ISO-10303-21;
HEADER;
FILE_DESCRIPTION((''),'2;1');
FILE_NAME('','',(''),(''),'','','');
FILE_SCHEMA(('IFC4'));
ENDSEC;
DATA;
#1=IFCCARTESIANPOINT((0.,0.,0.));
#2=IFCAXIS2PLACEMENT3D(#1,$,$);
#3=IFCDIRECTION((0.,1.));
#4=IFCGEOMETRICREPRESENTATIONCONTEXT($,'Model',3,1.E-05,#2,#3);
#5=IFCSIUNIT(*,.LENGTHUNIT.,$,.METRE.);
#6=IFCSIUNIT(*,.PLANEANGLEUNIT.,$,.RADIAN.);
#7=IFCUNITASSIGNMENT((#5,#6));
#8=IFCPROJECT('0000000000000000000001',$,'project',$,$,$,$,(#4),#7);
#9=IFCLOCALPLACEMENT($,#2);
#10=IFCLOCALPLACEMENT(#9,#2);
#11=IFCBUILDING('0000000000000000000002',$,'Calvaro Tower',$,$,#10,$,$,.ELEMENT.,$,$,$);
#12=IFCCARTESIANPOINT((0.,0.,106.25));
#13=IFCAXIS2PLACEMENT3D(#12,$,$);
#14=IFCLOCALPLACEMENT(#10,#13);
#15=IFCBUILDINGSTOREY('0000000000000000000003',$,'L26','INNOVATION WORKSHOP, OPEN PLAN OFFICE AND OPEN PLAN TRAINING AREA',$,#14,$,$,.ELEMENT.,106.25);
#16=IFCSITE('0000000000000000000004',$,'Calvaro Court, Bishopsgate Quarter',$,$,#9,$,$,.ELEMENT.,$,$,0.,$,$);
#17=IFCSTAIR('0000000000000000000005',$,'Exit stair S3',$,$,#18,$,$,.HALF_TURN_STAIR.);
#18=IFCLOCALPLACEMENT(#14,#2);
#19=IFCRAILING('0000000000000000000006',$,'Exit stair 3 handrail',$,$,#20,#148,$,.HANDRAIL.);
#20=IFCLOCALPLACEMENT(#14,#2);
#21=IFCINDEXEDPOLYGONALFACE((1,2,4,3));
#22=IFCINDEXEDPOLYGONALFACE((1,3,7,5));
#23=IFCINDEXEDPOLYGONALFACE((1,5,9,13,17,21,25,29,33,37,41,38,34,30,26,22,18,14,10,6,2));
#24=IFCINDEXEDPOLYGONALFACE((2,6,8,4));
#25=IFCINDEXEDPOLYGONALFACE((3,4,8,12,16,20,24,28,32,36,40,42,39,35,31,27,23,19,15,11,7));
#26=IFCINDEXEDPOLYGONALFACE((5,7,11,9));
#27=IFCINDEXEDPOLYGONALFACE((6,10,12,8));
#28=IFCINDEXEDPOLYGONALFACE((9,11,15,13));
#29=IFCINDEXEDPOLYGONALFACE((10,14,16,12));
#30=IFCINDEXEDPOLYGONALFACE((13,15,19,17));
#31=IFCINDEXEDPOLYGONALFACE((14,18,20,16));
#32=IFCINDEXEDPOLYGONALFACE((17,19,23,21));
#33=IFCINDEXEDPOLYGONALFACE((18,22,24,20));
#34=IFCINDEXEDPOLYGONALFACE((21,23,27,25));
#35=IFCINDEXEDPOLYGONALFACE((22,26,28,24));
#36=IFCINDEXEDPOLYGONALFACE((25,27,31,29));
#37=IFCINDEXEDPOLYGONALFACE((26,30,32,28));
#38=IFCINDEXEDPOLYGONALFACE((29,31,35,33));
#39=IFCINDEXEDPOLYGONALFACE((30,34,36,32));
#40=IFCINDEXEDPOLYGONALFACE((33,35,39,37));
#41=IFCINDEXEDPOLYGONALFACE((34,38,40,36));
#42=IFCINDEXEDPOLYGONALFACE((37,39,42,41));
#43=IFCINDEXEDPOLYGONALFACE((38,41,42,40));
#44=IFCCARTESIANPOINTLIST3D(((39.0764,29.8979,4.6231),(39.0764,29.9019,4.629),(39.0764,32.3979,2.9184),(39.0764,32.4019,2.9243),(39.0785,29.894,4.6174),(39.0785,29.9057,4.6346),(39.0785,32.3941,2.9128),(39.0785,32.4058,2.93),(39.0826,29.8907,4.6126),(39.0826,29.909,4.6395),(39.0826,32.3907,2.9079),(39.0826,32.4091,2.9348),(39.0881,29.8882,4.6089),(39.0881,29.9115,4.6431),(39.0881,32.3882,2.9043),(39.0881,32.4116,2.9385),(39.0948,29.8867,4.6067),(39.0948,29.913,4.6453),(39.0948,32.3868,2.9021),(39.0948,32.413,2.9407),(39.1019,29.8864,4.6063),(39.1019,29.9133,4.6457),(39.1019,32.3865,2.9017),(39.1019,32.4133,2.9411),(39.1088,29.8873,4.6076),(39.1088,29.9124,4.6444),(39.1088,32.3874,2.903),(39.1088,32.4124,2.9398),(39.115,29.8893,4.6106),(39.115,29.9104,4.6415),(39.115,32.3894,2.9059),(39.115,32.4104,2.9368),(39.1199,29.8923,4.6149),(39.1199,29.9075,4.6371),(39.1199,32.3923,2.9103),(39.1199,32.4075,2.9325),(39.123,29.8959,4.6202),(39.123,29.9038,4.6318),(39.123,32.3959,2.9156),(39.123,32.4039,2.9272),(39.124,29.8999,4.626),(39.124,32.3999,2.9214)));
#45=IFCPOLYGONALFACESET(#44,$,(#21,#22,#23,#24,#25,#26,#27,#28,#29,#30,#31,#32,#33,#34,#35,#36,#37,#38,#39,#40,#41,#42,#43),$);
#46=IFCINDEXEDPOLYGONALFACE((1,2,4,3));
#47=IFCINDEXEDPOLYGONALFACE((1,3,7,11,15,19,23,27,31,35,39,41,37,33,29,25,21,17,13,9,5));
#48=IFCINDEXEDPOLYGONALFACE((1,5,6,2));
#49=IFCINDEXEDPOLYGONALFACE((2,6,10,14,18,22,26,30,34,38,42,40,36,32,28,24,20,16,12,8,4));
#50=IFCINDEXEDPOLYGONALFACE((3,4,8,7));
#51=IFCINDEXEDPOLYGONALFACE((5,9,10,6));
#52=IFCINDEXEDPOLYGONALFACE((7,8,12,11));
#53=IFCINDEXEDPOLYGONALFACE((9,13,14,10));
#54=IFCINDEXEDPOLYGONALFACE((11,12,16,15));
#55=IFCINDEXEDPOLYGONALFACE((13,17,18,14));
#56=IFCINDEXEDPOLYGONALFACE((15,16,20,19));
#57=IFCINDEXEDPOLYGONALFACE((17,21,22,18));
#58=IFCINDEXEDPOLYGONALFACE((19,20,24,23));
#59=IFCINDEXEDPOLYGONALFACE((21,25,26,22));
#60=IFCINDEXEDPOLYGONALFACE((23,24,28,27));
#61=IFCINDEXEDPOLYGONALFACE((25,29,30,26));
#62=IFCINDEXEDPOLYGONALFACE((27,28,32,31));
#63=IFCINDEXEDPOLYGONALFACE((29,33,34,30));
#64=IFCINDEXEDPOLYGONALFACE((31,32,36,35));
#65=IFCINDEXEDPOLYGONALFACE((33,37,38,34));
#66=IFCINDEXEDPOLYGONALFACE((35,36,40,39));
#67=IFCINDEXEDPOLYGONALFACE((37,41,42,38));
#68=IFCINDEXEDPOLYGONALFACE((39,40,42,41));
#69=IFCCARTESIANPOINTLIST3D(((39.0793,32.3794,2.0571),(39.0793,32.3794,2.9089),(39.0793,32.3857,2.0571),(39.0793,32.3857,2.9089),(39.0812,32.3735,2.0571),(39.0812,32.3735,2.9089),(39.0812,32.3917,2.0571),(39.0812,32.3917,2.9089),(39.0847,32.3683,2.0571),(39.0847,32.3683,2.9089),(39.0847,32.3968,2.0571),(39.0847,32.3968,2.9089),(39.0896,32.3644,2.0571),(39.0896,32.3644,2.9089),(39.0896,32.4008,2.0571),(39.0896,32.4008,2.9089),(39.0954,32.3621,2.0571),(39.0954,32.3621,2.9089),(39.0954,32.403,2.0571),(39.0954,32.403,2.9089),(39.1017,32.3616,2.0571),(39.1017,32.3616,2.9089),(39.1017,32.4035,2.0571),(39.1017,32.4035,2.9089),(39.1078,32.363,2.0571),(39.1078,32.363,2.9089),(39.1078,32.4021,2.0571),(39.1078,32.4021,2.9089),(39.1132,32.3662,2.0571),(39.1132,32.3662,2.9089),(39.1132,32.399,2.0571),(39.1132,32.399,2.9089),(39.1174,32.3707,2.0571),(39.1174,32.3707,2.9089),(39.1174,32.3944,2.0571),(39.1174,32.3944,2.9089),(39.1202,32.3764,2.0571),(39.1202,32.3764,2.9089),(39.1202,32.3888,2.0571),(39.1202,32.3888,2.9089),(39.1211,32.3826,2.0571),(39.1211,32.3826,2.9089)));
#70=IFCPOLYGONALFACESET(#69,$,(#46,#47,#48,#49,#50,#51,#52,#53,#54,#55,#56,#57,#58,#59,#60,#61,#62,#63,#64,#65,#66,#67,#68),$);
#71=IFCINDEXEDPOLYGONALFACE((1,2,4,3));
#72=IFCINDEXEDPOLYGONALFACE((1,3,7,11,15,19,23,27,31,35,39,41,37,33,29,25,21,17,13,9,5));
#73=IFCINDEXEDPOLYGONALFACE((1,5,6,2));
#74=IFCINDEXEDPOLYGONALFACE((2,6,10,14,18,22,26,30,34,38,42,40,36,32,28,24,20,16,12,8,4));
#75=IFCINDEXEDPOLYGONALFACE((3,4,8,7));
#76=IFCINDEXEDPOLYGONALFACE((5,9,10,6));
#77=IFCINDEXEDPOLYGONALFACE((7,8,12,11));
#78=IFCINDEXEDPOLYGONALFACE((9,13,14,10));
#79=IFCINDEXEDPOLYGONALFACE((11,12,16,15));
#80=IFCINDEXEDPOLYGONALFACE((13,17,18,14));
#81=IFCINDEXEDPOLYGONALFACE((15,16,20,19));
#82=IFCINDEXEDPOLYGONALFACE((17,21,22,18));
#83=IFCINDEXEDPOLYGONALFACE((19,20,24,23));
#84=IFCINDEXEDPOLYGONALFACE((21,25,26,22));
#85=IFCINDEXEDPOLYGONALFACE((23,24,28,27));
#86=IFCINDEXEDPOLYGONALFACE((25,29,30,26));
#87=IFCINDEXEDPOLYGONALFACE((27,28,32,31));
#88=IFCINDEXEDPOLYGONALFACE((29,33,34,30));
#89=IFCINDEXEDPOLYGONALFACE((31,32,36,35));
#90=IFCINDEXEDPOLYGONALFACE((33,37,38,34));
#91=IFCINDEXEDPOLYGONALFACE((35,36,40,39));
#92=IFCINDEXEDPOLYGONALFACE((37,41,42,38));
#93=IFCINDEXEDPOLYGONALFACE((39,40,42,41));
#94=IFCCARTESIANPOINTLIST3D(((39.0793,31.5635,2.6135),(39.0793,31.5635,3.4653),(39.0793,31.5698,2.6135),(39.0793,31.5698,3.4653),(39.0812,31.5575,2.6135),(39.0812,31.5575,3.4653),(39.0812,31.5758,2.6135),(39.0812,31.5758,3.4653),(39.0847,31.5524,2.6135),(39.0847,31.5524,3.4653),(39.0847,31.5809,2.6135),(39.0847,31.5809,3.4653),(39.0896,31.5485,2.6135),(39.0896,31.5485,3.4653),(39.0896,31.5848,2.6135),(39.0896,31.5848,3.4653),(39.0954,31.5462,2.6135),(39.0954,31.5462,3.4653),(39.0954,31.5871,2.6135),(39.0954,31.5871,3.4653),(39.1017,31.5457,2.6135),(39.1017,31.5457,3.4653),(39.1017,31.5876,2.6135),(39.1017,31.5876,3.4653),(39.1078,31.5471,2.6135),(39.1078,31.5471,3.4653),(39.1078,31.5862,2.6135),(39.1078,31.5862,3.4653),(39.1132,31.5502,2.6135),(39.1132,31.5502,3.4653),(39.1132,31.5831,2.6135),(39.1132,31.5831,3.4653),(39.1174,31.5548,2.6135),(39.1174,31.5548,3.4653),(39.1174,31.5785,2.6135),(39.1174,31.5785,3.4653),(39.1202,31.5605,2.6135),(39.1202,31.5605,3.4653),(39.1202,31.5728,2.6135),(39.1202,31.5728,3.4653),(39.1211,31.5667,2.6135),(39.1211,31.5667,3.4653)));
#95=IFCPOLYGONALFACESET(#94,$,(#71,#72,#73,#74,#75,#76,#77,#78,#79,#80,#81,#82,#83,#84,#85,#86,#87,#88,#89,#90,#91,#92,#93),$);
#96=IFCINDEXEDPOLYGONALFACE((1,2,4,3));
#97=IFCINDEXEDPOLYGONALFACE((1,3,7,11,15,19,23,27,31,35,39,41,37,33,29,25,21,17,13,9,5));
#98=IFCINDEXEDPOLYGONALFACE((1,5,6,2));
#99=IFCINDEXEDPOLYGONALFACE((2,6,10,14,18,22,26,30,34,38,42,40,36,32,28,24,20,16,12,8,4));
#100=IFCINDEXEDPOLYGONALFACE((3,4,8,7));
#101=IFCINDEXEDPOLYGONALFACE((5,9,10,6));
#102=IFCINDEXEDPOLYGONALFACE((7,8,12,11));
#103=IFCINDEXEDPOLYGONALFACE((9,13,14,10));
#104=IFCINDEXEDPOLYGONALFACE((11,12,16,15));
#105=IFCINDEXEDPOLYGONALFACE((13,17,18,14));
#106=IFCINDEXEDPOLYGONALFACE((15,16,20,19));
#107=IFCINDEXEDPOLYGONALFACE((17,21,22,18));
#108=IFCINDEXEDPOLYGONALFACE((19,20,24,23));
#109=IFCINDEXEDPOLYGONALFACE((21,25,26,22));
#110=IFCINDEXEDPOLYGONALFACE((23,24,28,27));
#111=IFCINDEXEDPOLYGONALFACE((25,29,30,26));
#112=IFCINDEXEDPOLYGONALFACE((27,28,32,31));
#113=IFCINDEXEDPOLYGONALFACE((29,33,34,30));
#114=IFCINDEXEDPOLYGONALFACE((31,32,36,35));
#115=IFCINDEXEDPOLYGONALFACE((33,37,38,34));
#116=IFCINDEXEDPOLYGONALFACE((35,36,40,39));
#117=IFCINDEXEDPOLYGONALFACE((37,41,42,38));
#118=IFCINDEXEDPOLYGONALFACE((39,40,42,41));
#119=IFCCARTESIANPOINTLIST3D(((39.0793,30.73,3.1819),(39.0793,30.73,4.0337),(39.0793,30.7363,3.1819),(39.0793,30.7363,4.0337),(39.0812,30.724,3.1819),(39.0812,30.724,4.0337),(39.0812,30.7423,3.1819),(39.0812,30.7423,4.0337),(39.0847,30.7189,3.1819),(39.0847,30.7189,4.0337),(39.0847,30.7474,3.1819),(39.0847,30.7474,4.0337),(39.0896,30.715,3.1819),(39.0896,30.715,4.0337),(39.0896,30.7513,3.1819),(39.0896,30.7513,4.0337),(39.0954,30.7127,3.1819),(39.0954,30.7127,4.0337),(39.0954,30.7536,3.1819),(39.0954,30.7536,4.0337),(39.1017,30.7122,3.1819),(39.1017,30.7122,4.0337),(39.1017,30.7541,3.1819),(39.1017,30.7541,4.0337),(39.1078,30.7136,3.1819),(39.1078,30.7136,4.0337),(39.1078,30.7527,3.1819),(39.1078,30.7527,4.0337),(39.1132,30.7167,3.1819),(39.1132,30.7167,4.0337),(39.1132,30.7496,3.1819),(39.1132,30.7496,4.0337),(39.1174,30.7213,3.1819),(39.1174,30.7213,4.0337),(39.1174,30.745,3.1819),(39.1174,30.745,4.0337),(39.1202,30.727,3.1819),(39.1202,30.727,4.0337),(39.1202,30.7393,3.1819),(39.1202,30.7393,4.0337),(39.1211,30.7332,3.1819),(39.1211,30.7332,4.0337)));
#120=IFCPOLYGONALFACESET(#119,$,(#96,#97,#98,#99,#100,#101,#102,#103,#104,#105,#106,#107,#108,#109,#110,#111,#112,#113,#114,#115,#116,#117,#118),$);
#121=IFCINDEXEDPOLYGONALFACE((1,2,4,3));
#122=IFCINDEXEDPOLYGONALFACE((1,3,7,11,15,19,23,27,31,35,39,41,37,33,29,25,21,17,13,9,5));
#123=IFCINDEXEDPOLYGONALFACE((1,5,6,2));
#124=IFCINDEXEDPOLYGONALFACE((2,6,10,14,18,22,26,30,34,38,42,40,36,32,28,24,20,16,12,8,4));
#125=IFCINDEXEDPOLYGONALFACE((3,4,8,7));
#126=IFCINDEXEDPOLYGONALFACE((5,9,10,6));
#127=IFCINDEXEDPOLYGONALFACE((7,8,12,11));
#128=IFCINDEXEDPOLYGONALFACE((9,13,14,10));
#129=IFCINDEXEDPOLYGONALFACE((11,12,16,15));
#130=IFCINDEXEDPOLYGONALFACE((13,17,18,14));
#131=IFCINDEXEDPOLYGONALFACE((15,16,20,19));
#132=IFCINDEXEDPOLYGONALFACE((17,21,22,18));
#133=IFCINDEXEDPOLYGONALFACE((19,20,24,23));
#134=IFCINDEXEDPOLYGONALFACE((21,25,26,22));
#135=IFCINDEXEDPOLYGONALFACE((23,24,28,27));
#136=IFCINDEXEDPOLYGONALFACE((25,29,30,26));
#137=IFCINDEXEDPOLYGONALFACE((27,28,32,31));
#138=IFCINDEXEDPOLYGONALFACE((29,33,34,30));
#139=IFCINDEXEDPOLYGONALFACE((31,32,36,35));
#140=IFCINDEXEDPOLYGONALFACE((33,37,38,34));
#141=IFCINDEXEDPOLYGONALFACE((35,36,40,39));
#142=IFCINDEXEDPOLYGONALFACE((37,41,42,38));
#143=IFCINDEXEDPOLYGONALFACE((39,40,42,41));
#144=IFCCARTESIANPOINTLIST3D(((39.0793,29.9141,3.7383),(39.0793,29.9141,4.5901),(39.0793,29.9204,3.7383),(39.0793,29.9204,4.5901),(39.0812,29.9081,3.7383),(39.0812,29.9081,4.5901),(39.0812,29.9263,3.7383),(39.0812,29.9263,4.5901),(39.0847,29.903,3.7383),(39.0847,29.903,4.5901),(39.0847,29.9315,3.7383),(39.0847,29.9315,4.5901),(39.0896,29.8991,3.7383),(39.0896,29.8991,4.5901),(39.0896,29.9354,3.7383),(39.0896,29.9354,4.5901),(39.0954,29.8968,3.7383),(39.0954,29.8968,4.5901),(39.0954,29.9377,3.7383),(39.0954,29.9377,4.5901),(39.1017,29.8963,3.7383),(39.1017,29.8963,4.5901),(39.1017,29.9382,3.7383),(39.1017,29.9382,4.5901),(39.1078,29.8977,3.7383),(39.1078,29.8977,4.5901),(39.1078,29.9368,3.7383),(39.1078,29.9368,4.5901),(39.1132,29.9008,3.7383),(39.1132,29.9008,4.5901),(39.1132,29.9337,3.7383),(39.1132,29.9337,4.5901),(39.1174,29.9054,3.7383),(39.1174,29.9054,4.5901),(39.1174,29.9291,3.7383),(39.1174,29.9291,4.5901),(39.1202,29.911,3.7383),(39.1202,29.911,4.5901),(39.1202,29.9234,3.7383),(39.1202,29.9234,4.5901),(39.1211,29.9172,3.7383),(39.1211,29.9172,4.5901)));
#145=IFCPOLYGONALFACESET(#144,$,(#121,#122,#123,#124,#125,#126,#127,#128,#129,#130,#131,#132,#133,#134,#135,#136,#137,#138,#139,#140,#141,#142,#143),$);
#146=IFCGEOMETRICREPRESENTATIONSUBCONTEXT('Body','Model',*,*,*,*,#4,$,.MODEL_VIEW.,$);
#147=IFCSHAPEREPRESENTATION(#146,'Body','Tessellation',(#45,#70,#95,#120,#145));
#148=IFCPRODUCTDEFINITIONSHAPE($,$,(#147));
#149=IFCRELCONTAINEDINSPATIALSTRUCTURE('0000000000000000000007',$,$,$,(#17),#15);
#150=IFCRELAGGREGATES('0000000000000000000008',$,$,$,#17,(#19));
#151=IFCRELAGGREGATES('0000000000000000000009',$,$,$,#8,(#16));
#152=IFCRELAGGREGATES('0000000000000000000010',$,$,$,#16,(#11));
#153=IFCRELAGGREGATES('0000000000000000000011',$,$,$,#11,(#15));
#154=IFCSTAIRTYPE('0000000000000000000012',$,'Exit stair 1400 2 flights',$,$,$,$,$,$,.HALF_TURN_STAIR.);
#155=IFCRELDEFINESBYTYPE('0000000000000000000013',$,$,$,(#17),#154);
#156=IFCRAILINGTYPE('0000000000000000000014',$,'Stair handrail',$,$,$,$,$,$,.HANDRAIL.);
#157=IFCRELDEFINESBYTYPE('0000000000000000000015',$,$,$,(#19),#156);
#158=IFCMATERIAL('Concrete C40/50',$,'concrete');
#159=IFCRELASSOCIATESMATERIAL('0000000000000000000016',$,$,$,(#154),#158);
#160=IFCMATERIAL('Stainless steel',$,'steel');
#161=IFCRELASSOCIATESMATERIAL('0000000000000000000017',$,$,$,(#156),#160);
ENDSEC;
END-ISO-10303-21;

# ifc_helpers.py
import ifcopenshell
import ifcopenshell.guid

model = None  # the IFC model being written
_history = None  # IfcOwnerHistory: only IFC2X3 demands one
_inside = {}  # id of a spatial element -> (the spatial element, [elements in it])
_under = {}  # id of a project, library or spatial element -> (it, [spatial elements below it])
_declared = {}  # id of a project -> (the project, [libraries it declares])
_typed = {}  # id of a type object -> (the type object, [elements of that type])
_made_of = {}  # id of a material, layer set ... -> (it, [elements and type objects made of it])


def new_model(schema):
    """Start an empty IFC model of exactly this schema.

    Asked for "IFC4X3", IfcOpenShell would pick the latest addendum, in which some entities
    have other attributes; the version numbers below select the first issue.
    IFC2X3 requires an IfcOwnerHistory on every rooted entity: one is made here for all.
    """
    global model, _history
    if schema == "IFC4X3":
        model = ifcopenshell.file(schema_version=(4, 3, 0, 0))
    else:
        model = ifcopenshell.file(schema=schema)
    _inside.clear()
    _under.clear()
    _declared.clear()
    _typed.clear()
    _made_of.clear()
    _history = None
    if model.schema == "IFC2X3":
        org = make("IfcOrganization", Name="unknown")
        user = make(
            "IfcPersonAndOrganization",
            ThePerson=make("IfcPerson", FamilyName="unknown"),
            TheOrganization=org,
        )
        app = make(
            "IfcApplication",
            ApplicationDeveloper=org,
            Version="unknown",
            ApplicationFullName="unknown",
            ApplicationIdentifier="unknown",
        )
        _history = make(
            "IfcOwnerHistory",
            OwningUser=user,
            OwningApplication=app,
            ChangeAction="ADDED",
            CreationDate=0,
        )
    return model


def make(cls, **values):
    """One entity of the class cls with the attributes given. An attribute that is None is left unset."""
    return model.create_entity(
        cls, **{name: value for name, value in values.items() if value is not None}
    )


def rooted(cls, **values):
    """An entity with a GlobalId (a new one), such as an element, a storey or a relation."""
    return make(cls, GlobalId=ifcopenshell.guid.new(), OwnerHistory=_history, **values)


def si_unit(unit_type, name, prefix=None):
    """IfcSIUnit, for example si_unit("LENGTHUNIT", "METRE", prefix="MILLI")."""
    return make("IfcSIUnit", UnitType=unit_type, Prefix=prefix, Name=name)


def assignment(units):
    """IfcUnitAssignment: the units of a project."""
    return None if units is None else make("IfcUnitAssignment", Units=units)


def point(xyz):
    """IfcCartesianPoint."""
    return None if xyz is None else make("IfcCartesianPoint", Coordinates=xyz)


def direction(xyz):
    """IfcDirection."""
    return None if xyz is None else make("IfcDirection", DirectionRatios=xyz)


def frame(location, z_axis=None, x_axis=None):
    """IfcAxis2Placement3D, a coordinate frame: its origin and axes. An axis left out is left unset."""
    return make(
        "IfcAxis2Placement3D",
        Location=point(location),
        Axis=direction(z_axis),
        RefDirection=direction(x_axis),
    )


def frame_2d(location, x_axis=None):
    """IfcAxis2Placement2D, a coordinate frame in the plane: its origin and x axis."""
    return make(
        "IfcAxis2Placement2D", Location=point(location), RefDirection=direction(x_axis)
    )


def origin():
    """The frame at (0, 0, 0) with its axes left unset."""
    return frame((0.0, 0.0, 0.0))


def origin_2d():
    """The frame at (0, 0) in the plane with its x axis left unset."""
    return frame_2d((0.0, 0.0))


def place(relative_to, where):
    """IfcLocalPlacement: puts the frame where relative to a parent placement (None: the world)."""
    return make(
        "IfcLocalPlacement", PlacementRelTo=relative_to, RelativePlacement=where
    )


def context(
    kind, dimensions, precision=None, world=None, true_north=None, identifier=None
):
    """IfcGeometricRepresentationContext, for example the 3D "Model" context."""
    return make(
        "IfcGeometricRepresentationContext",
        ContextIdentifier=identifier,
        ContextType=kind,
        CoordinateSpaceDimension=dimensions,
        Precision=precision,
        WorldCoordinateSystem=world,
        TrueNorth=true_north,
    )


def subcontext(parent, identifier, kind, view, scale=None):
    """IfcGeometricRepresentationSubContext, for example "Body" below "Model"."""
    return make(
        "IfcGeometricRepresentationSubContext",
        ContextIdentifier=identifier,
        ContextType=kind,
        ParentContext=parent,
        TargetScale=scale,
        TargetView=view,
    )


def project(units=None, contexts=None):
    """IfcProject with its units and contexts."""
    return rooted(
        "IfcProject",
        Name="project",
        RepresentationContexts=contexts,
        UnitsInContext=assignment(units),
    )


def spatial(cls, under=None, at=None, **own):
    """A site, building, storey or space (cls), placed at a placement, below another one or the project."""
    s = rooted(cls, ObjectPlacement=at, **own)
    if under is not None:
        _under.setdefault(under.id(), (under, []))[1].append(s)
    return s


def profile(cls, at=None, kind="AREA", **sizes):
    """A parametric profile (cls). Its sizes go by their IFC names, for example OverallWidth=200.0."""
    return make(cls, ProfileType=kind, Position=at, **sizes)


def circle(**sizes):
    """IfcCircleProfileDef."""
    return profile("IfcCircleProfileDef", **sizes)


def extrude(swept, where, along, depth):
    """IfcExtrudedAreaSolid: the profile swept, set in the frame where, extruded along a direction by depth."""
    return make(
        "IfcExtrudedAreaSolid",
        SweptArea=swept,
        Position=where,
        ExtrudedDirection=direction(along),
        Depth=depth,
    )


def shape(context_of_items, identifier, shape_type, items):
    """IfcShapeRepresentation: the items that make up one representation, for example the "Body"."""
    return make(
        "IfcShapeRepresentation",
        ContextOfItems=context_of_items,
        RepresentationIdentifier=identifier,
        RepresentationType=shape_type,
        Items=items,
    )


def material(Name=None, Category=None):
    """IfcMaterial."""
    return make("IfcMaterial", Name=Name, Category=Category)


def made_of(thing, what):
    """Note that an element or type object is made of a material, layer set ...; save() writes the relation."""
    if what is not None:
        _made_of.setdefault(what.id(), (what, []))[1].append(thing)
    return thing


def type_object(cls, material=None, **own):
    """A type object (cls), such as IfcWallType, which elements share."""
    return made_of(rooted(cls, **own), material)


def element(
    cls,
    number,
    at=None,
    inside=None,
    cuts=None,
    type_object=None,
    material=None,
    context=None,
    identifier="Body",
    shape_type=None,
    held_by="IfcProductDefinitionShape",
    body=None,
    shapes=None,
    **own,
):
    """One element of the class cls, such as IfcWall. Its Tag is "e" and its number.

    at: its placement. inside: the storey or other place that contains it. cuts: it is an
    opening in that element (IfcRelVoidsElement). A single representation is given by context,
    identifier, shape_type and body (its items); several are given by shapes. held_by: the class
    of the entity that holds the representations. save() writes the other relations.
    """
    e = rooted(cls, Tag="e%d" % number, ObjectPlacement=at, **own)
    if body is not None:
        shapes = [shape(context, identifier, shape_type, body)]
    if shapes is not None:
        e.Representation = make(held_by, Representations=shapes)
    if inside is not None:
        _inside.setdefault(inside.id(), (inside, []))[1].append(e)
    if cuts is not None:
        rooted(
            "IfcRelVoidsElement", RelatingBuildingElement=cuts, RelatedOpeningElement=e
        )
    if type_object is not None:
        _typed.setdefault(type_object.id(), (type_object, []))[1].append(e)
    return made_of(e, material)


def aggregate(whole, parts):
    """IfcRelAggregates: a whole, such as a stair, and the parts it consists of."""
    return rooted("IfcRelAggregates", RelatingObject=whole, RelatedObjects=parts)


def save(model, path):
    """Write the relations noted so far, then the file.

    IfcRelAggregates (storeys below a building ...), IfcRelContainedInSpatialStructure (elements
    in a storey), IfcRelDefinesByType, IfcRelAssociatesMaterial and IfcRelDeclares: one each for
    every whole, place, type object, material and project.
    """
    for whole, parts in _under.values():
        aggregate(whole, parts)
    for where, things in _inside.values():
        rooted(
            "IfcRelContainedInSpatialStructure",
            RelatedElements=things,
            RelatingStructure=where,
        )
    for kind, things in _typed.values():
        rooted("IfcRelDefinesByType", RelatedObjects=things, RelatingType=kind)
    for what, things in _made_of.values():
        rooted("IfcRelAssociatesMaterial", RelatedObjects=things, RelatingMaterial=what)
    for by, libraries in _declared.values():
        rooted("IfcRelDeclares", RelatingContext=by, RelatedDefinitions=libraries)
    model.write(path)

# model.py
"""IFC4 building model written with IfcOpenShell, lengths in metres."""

from ifc_helpers import new_model, si_unit, direction, frame, origin, origin_2d, place, context, subcontext, project, spatial, circle, extrude, material, type_object, element, aggregate, save


model = new_model("IFC4")

# Units and contexts
model_context = context("Model", 3, precision=1e-05, world=origin(), true_north=direction((0.0, 1.0)))
body_context = subcontext(model_context, "Body", "Model", "MODEL_VIEW")
ifc_project = project(units=[si_unit("LENGTHUNIT", "METRE"), si_unit("PLANEANGLEUNIT", "RADIAN")], contexts=[model_context])

# Site, building, storey
site_placement = place(None, origin())
site = spatial("IfcSite", under=ifc_project, at=site_placement, Name="Calvaro Court, Bishopsgate Quarter", CompositionType="ELEMENT", RefElevation=0.0)
building_placement = place(site_placement, origin())
building = spatial("IfcBuilding", under=site, at=building_placement, Name="Calvaro Tower", CompositionType="ELEMENT")
storey_placement = place(building_placement, frame((0.0, 0.0, 106.25)))
storey = spatial("IfcBuildingStorey", under=building, at=storey_placement, Name="L26", Description="INNOVATION WORKSHOP, OPEN PLAN OFFICE AND OPEN PLAN TRAINING AREA", CompositionType="ELEMENT", Elevation=106.25)

# Stair
ifc_material_1 = material(Name="Concrete C40/50", Category="concrete")
stair_type = type_object("IfcStairType", Name="Exit stair 1400 2 flights", PredefinedType="HALF_TURN_STAIR", material=ifc_material_1)
stair_1_placement = place(storey_placement, origin())
stair_1 = element("IfcStair", 1, at=stair_1_placement, inside=storey, type_object=stair_type, Name="Exit stair S3", PredefinedType="HALF_TURN_STAIR")

# Railing
ifc_material_2 = material(Name="Stainless steel", Category="steel")
railing_type = type_object("IfcRailingType", Name="Stair handrail", PredefinedType="HANDRAIL", material=ifc_material_2)
railing_1_placement = place(storey_placement, frame((39.1001, 32.3999, 2.0454)))
railing_1 = element("IfcRailing", 2, at=railing_1_placement, type_object=railing_type, Name="Exit stair 3 handrail", PredefinedType="HANDRAIL", context=body_context, shape_type="SweptSolid", body=[
    extrude(circle(Radius=0.0239, at=origin_2d()), frame((0.0, 0.0, 0.876), z_axis=(0.0, -0.826221, 0.563347), x_axis=(1.0, 0.0, 0.0)), (0.0, 0.0, 1.0), 3.0259),
    extrude(circle(Radius=0.021, at=origin_2d()), frame((0.0, -0.0173, 0.0117)), (0.0, 0.0, 1.0), 0.8518),
    extrude(circle(Radius=0.021, at=origin_2d()), frame((0.0, -0.8333, 0.5681)), (0.0, 0.0, 1.0), 0.8518),
    extrude(circle(Radius=0.021, at=origin_2d()), frame((0.0, -1.6667, 1.1365)), (0.0, 0.0, 1.0), 0.8518),
    extrude(circle(Radius=0.021, at=origin_2d()), frame((0.0, -2.4827, 1.6929)), (0.0, 0.0, 1.0), 0.8518),
])
aggregate(stair_1, [railing_1])

save(model, "model.ifc")
